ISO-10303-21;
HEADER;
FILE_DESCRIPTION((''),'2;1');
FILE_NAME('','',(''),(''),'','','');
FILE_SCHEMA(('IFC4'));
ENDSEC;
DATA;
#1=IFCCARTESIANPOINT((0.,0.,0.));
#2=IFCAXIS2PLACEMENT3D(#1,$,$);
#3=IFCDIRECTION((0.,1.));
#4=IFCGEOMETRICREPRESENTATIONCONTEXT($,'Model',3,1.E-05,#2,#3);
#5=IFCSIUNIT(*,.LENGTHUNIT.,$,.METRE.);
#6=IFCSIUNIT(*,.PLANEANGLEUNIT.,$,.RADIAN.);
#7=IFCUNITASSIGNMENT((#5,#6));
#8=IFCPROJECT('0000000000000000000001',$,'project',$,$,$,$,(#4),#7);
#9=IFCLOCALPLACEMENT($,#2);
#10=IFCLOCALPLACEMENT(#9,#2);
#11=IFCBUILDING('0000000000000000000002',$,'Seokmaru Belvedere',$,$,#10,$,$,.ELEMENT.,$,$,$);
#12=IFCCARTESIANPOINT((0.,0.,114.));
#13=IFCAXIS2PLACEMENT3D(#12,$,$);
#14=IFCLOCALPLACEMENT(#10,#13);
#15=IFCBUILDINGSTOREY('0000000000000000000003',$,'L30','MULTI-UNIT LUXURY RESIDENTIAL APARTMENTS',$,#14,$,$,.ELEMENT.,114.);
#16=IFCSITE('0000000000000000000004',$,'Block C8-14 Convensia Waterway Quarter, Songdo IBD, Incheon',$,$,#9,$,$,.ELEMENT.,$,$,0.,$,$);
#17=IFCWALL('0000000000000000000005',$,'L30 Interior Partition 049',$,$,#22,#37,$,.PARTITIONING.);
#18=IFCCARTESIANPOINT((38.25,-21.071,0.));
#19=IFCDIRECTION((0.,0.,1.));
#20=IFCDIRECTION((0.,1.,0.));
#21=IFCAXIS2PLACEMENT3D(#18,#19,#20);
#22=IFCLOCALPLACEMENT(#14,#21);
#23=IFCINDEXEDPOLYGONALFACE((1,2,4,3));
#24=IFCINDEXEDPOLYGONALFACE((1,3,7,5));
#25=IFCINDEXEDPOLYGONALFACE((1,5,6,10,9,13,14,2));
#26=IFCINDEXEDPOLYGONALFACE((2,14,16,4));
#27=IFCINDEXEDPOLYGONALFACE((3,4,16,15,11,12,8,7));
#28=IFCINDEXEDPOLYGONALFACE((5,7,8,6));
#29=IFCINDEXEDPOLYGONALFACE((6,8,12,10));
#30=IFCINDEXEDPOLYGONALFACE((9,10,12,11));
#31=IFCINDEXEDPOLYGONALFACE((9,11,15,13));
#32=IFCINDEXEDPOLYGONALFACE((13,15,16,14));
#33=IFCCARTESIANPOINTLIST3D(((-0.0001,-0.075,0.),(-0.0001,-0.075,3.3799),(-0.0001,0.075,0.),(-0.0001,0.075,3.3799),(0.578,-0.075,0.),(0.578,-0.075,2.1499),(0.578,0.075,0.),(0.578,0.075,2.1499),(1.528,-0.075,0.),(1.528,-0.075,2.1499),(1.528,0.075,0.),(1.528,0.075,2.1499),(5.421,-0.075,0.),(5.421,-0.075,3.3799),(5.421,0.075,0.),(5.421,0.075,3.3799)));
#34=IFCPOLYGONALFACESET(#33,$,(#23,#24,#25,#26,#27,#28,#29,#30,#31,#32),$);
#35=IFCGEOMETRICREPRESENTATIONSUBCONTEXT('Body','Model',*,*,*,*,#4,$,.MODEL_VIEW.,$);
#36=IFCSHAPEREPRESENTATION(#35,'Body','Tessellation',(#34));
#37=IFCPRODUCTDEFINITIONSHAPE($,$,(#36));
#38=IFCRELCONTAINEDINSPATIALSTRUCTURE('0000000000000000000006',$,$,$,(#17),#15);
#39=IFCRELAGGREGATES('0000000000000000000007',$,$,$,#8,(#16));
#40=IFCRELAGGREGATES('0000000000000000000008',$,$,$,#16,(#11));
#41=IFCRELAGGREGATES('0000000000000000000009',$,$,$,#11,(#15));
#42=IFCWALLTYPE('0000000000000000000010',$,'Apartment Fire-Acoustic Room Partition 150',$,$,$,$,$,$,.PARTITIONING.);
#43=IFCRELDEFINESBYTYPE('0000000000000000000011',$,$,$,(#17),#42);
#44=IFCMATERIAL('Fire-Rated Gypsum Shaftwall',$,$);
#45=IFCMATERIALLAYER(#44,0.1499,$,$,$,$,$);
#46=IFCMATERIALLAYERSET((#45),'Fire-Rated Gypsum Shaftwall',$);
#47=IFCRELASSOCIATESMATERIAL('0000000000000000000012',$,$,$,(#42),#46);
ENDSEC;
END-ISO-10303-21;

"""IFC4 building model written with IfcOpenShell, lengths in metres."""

from ifc_helpers import new_model, si_unit, direction, frame, frame_2d, origin, place, context, subcontext, project, spatial, rectangle, extrude, material, layer, layer_set, type_object, element, save


model = new_model("IFC4")

# Units and contexts
model_context = context("Model", 3, precision=1e-05, world=origin(), true_north=direction((0.0, 1.0)))
body_context = subcontext(model_context, "Body", "Model", "MODEL_VIEW")
ifc_project = project(units=[si_unit("LENGTHUNIT", "METRE"), si_unit("PLANEANGLEUNIT", "RADIAN")], contexts=[model_context])

# Site, building, storey
site_placement = place(None, origin())
site = spatial("IfcSite", under=ifc_project, at=site_placement, Name="Block C8-14 Convensia Waterway Quarter, Songdo IBD, Incheon", CompositionType="ELEMENT", RefElevation=0.0)
building_placement = place(site_placement, origin())
building = spatial("IfcBuilding", under=site, at=building_placement, Name="Seokmaru Belvedere", CompositionType="ELEMENT")
storey_placement = place(building_placement, frame((0.0, 0.0, 114.0)))
storey = spatial("IfcBuildingStorey", under=building, at=storey_placement, Name="L30", Description="MULTI-UNIT LUXURY RESIDENTIAL APARTMENTS", CompositionType="ELEMENT", Elevation=114.0)

# Shared definitions
ifc_material_1 = material(Name="Fire-Rated Gypsum Shaftwall")
ifc_layer_1 = layer(ifc_material_1, 0.1499)
ifc_layer_set_1 = layer_set([ifc_layer_1], Name="Fire-Rated Gypsum Shaftwall")
wall_type_1 = type_object("IfcWallType", Name="Apartment Fire-Acoustic Room Partition 150", PredefinedType="PARTITIONING", material=ifc_layer_set_1)

# Wall, opening
wall_1_placement = place(storey_placement, frame((38.25, -21.071, 0.0), z_axis=(0.0, 0.0, 1.0), x_axis=(0.0, 1.0, 0.0)))
wall_1 = element("IfcWall", 1, at=wall_1_placement, inside=storey, type_object=wall_type_1, Name="L30 Interior Partition 049", PredefinedType="PARTITIONING", context=body_context, shape_type="SweptSolid", body=[
    extrude(rectangle(XDim=5.4211, YDim=0.1499, at=frame_2d((2.7104, 0.0))), origin(), (0.0, 0.0, 1.0), 3.3799),
])
opening_1_placement = place(wall_1_placement, frame((0.5779, 0.0, 0.0)))
element("IfcOpeningElement", 2, at=opening_1_placement, cuts=wall_1, PredefinedType="OPENING", context=body_context, shape_type="SweptSolid", body=[
    extrude(rectangle(XDim=0.95, YDim=2.1499, at=frame_2d((0.4751, 1.075))), frame((0.0, 0.085, 0.0), z_axis=(0.0, -1.0, 0.0), x_axis=(1.0, 0.0, 0.0)), (0.0, 0.0, 1.0), 0.1699),
])

save(model, "model.ifc")
